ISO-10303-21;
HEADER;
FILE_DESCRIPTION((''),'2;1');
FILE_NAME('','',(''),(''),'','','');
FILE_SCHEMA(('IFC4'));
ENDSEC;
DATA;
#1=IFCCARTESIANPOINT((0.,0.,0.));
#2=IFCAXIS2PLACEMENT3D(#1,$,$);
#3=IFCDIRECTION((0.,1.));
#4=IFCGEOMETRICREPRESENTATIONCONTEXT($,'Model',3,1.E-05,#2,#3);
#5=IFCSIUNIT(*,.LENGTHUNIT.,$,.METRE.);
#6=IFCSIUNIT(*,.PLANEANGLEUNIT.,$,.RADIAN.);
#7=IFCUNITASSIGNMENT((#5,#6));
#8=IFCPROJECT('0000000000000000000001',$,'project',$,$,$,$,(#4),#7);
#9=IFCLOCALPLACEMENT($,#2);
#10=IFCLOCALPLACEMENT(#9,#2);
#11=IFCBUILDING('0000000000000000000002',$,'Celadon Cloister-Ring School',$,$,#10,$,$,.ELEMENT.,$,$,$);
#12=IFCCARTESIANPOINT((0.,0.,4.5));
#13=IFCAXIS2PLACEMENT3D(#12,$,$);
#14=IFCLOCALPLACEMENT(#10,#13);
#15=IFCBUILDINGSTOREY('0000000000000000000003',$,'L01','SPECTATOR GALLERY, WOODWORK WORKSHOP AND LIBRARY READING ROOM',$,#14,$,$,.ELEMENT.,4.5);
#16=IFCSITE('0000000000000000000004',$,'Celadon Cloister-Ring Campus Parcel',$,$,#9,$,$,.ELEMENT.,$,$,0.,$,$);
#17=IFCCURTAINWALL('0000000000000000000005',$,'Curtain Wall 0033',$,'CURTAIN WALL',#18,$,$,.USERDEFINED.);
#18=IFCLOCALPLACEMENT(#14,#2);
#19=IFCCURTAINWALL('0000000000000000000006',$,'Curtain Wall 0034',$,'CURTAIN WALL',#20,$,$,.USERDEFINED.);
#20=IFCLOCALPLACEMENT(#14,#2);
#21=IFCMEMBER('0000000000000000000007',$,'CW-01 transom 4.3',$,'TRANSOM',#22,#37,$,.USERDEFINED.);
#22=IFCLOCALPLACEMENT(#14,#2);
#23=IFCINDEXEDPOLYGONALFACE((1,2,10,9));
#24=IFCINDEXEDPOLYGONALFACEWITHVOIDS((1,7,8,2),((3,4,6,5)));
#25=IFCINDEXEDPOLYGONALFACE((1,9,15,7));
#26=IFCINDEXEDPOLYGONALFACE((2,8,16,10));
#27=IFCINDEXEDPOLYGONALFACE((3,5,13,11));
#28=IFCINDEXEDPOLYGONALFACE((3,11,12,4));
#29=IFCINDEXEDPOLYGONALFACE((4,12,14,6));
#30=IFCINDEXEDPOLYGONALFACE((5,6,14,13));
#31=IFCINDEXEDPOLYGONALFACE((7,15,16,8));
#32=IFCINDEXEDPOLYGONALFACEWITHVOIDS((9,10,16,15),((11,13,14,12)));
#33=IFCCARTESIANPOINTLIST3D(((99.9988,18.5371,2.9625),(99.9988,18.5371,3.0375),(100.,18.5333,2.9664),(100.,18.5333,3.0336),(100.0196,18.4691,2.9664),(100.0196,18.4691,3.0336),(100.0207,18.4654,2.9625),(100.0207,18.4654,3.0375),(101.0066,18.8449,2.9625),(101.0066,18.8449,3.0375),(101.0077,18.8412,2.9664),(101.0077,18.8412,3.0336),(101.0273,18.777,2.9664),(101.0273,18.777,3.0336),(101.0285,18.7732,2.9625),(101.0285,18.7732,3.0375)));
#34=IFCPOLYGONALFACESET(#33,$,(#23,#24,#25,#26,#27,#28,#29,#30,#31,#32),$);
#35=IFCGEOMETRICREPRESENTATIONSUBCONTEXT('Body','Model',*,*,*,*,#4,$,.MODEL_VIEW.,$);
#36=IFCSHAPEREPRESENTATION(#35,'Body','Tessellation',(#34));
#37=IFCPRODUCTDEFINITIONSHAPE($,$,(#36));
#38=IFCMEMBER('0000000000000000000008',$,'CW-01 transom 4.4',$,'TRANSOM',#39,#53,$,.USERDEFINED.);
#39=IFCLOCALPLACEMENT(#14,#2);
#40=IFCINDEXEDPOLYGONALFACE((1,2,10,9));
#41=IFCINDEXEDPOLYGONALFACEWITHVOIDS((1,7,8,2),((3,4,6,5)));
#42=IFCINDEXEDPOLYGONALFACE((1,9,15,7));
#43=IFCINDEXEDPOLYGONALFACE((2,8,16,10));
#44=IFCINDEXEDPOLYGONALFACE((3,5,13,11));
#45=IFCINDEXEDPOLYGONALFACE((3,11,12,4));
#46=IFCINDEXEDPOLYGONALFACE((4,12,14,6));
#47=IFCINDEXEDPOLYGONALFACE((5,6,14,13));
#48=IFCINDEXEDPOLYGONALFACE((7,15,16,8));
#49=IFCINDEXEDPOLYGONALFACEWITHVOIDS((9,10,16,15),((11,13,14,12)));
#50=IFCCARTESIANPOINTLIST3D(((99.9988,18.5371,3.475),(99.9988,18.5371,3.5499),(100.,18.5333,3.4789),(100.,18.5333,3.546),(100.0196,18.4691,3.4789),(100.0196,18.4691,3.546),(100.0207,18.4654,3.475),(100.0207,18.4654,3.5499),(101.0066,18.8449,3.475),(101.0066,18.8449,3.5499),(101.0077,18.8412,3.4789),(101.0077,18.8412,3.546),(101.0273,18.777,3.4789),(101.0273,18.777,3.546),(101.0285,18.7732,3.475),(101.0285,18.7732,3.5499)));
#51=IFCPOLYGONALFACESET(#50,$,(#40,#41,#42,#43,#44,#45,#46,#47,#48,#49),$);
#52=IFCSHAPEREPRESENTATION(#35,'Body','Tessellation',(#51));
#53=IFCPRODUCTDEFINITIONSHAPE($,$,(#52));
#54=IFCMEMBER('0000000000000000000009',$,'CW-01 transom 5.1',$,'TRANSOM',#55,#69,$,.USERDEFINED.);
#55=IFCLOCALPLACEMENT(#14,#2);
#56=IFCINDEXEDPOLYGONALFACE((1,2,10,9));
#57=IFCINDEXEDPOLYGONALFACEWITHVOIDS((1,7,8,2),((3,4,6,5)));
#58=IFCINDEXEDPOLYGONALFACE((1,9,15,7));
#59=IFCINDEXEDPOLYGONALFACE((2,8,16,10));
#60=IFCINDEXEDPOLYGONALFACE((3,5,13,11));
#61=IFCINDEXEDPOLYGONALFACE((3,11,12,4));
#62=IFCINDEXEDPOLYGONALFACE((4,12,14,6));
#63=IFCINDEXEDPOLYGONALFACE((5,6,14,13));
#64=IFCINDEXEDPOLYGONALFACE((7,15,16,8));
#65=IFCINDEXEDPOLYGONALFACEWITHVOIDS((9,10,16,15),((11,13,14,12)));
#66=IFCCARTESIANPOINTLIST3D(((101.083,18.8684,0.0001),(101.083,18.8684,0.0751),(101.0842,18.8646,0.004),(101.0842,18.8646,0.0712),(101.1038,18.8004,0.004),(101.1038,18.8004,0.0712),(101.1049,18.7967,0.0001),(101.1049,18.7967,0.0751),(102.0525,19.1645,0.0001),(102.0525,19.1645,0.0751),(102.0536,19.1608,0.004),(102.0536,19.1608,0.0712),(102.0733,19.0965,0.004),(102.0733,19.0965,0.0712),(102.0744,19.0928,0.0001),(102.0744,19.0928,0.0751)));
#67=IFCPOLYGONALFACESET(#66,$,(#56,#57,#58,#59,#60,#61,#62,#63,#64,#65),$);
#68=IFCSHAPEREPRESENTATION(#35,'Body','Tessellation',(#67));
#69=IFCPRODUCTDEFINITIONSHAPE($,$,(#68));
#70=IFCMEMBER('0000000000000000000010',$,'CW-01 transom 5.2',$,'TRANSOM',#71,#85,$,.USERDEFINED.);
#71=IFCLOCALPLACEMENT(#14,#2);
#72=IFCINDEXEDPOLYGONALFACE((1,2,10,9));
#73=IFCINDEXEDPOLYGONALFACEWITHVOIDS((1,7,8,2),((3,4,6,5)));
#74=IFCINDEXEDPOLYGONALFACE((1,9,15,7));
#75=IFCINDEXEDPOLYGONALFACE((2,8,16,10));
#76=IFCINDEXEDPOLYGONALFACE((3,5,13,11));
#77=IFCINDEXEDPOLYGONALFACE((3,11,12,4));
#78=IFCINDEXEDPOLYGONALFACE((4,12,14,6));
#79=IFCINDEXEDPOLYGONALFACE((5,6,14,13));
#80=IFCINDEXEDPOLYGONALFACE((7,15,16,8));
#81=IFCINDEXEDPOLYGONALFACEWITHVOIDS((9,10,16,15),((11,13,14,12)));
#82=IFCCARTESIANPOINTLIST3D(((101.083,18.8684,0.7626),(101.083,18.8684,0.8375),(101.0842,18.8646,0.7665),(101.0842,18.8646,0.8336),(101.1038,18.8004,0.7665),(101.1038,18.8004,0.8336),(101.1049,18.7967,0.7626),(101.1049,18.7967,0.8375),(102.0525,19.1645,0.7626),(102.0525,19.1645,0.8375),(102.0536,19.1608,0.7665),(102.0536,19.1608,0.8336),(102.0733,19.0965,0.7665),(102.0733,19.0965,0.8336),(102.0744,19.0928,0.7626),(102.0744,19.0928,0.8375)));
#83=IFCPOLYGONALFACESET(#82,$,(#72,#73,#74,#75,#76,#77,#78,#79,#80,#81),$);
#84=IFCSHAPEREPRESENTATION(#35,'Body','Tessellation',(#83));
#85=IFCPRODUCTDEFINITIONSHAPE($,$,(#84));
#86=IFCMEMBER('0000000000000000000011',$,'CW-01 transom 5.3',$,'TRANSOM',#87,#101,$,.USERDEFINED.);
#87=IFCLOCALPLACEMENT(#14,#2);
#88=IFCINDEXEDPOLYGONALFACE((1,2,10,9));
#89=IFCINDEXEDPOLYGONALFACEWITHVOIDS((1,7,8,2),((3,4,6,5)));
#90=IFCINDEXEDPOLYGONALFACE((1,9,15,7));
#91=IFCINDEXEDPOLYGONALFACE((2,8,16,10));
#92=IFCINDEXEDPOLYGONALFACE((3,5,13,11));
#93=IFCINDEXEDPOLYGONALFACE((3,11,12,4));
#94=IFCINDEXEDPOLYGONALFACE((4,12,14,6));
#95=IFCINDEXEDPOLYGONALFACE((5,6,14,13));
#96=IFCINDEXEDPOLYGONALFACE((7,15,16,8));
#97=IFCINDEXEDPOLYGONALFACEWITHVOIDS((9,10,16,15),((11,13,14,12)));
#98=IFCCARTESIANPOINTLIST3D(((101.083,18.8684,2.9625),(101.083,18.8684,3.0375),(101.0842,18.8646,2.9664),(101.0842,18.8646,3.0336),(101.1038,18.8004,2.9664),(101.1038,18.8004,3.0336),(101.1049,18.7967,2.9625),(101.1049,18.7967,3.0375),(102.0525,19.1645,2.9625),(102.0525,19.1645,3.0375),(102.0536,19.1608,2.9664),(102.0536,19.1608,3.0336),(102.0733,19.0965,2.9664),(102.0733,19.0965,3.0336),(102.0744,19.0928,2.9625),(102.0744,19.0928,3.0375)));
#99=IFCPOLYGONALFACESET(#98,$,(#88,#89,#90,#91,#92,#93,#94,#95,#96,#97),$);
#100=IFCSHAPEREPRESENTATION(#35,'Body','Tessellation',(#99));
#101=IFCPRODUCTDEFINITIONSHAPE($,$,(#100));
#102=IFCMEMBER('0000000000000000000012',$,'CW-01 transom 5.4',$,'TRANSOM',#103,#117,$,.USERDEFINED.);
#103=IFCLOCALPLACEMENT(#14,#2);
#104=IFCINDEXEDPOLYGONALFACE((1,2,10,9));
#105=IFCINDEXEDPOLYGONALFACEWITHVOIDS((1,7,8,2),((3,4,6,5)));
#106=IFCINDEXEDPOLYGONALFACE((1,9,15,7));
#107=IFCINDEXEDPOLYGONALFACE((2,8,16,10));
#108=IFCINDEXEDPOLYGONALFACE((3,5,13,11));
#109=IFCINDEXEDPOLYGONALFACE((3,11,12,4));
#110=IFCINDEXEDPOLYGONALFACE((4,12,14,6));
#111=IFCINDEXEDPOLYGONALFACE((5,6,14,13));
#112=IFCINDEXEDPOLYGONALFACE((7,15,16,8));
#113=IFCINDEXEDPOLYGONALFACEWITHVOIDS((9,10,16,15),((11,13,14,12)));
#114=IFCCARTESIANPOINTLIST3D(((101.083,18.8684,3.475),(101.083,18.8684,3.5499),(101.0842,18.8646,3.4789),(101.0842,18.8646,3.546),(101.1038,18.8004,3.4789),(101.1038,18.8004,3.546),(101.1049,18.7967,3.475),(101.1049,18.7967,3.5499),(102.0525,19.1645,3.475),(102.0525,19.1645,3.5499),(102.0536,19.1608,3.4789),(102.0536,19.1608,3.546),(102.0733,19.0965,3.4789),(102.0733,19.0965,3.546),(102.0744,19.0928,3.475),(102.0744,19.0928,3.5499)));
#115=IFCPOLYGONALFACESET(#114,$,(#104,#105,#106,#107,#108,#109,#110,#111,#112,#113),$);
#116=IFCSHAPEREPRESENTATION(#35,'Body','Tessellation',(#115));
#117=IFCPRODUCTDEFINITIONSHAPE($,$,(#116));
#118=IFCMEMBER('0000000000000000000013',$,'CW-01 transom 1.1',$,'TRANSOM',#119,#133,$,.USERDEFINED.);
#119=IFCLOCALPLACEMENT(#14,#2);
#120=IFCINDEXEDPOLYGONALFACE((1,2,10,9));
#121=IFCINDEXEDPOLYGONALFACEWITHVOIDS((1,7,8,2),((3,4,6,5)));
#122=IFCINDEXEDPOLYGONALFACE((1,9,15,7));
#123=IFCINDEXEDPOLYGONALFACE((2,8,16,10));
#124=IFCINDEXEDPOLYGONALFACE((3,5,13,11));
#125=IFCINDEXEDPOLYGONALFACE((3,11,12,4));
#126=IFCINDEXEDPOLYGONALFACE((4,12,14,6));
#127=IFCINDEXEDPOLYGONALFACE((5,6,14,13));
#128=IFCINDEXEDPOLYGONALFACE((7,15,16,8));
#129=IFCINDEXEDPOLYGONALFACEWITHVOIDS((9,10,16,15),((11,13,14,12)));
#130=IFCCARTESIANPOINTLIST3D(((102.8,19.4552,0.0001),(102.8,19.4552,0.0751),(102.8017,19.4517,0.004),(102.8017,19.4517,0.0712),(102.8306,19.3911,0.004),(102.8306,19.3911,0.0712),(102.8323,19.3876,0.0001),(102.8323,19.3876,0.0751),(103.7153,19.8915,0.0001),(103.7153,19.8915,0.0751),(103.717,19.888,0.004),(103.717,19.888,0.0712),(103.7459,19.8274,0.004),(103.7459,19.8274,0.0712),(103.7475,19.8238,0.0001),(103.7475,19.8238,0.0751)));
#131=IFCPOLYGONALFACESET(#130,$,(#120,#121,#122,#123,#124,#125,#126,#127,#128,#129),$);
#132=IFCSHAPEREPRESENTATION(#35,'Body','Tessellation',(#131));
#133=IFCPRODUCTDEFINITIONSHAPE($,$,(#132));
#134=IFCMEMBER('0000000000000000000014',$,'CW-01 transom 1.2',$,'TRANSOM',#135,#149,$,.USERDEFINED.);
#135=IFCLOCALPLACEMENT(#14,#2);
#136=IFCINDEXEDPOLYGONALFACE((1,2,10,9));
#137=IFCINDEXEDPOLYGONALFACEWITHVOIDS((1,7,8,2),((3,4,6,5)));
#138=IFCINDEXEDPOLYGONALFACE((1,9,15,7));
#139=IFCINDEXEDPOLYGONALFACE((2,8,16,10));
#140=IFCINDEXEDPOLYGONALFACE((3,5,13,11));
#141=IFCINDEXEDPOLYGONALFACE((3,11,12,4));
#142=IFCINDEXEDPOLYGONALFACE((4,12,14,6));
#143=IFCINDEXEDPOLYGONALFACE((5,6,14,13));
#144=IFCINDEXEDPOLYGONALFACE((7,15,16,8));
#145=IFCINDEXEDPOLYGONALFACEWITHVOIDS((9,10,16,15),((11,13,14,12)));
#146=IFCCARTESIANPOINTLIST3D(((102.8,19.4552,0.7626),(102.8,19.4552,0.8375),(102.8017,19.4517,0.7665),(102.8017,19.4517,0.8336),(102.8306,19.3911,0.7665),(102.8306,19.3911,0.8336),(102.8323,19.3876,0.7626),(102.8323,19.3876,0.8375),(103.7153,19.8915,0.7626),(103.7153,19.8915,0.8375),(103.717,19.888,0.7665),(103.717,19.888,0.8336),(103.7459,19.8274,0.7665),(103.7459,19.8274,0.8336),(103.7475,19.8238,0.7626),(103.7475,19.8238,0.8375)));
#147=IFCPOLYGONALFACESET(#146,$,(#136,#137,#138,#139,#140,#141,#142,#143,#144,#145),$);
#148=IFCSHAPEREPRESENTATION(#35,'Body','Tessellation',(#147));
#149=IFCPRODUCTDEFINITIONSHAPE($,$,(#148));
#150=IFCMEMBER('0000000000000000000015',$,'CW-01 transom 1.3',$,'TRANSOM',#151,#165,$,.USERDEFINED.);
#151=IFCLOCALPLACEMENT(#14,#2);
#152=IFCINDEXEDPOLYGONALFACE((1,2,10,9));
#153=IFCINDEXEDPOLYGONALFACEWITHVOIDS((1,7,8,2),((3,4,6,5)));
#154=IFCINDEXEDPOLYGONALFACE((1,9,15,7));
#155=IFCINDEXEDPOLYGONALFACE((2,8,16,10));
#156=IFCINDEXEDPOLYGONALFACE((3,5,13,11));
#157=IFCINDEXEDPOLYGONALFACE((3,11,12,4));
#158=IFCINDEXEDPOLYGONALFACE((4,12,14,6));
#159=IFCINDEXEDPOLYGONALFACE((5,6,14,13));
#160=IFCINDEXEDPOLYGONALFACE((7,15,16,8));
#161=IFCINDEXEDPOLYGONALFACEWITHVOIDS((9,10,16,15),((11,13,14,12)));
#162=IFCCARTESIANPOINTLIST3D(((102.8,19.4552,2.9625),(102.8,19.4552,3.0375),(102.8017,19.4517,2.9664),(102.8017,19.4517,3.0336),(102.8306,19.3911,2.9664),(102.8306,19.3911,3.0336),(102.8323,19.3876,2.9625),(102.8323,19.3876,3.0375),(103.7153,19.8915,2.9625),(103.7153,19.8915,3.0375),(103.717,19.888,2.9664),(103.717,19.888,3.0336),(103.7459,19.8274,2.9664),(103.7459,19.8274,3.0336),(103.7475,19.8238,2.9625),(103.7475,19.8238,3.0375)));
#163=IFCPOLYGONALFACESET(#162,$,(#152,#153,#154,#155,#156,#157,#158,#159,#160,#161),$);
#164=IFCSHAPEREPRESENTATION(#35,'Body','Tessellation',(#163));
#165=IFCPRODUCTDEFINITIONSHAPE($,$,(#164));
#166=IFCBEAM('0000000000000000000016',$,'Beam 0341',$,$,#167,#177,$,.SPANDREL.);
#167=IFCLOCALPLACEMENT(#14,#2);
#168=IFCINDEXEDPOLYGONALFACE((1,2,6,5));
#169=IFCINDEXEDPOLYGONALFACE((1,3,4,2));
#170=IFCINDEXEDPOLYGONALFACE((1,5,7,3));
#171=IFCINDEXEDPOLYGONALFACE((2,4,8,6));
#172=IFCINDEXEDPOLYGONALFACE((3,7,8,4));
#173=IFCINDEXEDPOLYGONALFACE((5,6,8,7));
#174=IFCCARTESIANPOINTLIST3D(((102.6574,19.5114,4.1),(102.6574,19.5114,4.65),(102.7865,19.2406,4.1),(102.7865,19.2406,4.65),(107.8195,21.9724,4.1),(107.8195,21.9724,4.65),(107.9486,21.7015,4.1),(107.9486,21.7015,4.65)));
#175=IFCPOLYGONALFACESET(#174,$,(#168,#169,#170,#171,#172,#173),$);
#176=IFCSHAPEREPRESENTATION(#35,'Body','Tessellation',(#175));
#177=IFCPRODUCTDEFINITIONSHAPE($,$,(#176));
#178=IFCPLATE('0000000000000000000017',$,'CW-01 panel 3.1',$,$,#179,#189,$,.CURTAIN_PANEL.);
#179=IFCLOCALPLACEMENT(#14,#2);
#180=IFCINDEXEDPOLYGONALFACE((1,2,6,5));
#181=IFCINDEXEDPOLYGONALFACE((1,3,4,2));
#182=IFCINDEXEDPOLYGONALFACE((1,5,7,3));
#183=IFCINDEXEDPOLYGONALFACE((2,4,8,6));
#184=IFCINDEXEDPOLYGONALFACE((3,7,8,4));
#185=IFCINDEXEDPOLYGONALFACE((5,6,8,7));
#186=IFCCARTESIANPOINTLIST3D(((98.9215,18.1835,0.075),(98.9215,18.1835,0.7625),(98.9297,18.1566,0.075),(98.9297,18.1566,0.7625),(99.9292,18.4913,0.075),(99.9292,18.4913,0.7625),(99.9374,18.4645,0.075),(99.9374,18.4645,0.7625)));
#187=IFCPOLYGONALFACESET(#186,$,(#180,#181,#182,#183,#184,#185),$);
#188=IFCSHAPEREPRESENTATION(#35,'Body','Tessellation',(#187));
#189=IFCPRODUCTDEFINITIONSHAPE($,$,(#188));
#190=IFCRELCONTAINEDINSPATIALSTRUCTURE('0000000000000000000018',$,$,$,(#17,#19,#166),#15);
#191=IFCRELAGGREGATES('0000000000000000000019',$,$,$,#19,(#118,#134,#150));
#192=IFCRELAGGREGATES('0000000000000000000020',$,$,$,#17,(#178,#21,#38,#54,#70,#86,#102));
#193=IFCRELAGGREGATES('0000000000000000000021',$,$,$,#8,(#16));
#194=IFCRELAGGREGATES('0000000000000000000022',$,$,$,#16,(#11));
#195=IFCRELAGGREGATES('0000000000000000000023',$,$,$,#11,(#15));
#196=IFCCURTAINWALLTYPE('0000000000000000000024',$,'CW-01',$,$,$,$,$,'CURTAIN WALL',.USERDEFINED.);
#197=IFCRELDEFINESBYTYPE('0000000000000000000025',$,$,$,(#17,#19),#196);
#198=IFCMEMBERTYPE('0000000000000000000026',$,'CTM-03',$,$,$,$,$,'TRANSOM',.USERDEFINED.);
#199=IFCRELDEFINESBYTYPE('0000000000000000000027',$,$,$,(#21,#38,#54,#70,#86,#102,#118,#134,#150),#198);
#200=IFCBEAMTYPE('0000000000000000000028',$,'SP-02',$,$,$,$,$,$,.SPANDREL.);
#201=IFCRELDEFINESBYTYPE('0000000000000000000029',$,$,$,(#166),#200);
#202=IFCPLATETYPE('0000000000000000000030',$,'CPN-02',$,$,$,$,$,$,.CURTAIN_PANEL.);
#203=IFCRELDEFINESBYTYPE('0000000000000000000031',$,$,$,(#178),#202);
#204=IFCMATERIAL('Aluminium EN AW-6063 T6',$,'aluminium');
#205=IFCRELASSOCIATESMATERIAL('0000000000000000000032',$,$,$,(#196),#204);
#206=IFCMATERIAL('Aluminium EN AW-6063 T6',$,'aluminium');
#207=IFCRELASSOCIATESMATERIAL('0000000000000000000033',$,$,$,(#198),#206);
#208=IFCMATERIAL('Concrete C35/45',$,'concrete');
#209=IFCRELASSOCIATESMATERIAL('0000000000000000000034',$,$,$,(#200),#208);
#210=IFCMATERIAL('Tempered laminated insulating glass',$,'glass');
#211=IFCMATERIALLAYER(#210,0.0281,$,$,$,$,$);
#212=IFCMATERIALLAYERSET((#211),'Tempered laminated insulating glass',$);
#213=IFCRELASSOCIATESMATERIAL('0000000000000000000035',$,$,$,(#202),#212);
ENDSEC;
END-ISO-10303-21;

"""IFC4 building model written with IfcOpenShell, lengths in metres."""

from ifc_helpers import new_model, si_unit, direction, frame, origin, origin_2d, place, context, subcontext, project, spatial, rectangle, hollow_rectangle, extrude, material, layer, layer_set, material_profile, profile_set, type_object, element, aggregate, save


model = new_model("IFC4")

# Units and contexts
model_context = context("Model", 3, precision=1e-05, world=origin(), true_north=direction((0.0, 1.0)))
body_context = subcontext(model_context, "Body", "Model", "MODEL_VIEW")
ifc_project = project(units=[si_unit("LENGTHUNIT", "METRE"), si_unit("PLANEANGLEUNIT", "RADIAN")], contexts=[model_context])

# Site, building, storey
site_placement = place(None, origin())
site = spatial("IfcSite", under=ifc_project, at=site_placement, Name="Celadon Cloister-Ring Campus Parcel", CompositionType="ELEMENT", RefElevation=0.0)
building_placement = place(site_placement, origin())
building = spatial("IfcBuilding", under=site, at=building_placement, Name="Celadon Cloister-Ring School", CompositionType="ELEMENT")
storey_placement = place(building_placement, frame((0.0, 0.0, 4.5)))
storey = spatial("IfcBuildingStorey", under=building, at=storey_placement, Name="L01", Description="SPECTATOR GALLERY, WOODWORK WORKSHOP AND LIBRARY READING ROOM", CompositionType="ELEMENT", Elevation=4.5)

# Curtain wall
ifc_material_1 = material(Name="Aluminium EN AW-6063 T6", Category="aluminium")
curtain_wall_type = type_object("IfcCurtainWallType", Name="CW-01", ElementType="CURTAIN WALL", PredefinedType="USERDEFINED", material=ifc_material_1)
curtain_wall_1_placement = place(storey_placement, origin())
curtain_wall_1 = element("IfcCurtainWall", 1, at=curtain_wall_1_placement, inside=storey, type_object=curtain_wall_type, Name="Curtain Wall 0033", ObjectType="CURTAIN WALL", PredefinedType="USERDEFINED")

# Curtain wall
curtain_wall_2_placement = place(storey_placement, origin())
curtain_wall_2 = element("IfcCurtainWall", 2, at=curtain_wall_2_placement, inside=storey, type_object=curtain_wall_type, Name="Curtain Wall 0034", ObjectType="CURTAIN WALL", PredefinedType="USERDEFINED")

# Members
ifc_material_2 = material(Name="Aluminium EN AW-6063 T6", Category="aluminium")
ifc_material_profile_1 = material_profile(ifc_material_2, hollow_rectangle(XDim=0.075, YDim=0.075, WallThickness=0.0039, at=origin_2d()), Name="RHS75X75X4")
ifc_profile_set_1 = profile_set([ifc_material_profile_1], Name="Aluminium EN AW-6063 T6")
member_type_1 = type_object("IfcMemberType", Name="CTM-03", ElementType="TRANSOM", PredefinedType="USERDEFINED", material=ifc_profile_set_1)
member_1_placement = place(storey_placement, frame((100.0098, 18.5012, 3.0), z_axis=(0.956373, 0.292148, 0.0), x_axis=(-0.292148, 0.956373, 0.0)))
member_1 = element("IfcMember", 3, at=member_1_placement, type_object=member_type_1, Name="CW-01 transom 4.3", ObjectType="TRANSOM", PredefinedType="USERDEFINED", context=body_context, shape_type="SweptSolid", body=[
    extrude(hollow_rectangle(XDim=0.075, YDim=0.075, WallThickness=0.0039, at=origin_2d()), origin(), (0.0, 0.0, 1.0), 1.0537),
])
member_2_placement = place(storey_placement, frame((100.0098, 18.5012, 3.5125), z_axis=(0.956373, 0.292148, 0.0), x_axis=(-0.292148, 0.956373, 0.0)))
member_2 = element("IfcMember", 4, at=member_2_placement, type_object=member_type_1, Name="CW-01 transom 4.4", ObjectType="TRANSOM", PredefinedType="USERDEFINED", context=body_context, shape_type="SweptSolid", body=[
    extrude(hollow_rectangle(XDim=0.075, YDim=0.075, WallThickness=0.0039, at=origin_2d()), origin(), (0.0, 0.0, 1.0), 1.0537),
])
member_3_placement = place(storey_placement, frame((101.094, 18.8325, 0.0376), z_axis=(0.956376, 0.292139, 0.0), x_axis=(-0.292139, 0.956376, 0.0)))
member_3 = element("IfcMember", 5, at=member_3_placement, type_object=member_type_1, Name="CW-01 transom 5.1", ObjectType="TRANSOM", PredefinedType="USERDEFINED", context=body_context, shape_type="SweptSolid", body=[
    extrude(hollow_rectangle(XDim=0.075, YDim=0.075, WallThickness=0.0039, at=origin_2d()), origin(), (0.0, 0.0, 1.0), 1.0137),
])
member_4_placement = place(storey_placement, frame((101.094, 18.8325, 0.8), z_axis=(0.956376, 0.292139, 0.0), x_axis=(-0.292139, 0.956376, 0.0)))
member_4 = element("IfcMember", 6, at=member_4_placement, type_object=member_type_1, Name="CW-01 transom 5.2", ObjectType="TRANSOM", PredefinedType="USERDEFINED", context=body_context, shape_type="SweptSolid", body=[
    extrude(hollow_rectangle(XDim=0.075, YDim=0.075, WallThickness=0.0039, at=origin_2d()), origin(), (0.0, 0.0, 1.0), 1.0137),
])
member_5_placement = place(storey_placement, frame((101.094, 18.8325, 3.0), z_axis=(0.956376, 0.292139, 0.0), x_axis=(-0.292139, 0.956376, 0.0)))
member_5 = element("IfcMember", 7, at=member_5_placement, type_object=member_type_1, Name="CW-01 transom 5.3", ObjectType="TRANSOM", PredefinedType="USERDEFINED", context=body_context, shape_type="SweptSolid", body=[
    extrude(hollow_rectangle(XDim=0.075, YDim=0.075, WallThickness=0.0039, at=origin_2d()), origin(), (0.0, 0.0, 1.0), 1.0137),
])
member_6_placement = place(storey_placement, frame((101.094, 18.8325, 3.5125), z_axis=(0.956376, 0.292139, 0.0), x_axis=(-0.292139, 0.956376, 0.0)))
member_6 = element("IfcMember", 8, at=member_6_placement, type_object=member_type_1, Name="CW-01 transom 5.4", ObjectType="TRANSOM", PredefinedType="USERDEFINED", context=body_context, shape_type="SweptSolid", body=[
    extrude(hollow_rectangle(XDim=0.075, YDim=0.075, WallThickness=0.0039, at=origin_2d()), origin(), (0.0, 0.0, 1.0), 1.0137),
])
member_7_placement = place(storey_placement, frame((102.8162, 19.4214, 0.0376), z_axis=(0.902696, 0.430279, 0.0), x_axis=(-0.430279, 0.902696, 0.0)))
member_7 = element("IfcMember", 9, at=member_7_placement, type_object=member_type_1, Name="CW-01 transom 1.1", ObjectType="TRANSOM", PredefinedType="USERDEFINED", context=body_context, shape_type="SweptSolid", body=[
    extrude(hollow_rectangle(XDim=0.075, YDim=0.075, WallThickness=0.0039, at=origin_2d()), origin(), (0.0, 0.0, 1.0), 1.0139),
])
member_8_placement = place(storey_placement, frame((102.8162, 19.4214, 0.8), z_axis=(0.902696, 0.430279, 0.0), x_axis=(-0.430279, 0.902696, 0.0)))
member_8 = element("IfcMember", 10, at=member_8_placement, type_object=member_type_1, Name="CW-01 transom 1.2", ObjectType="TRANSOM", PredefinedType="USERDEFINED", context=body_context, shape_type="SweptSolid", body=[
    extrude(hollow_rectangle(XDim=0.075, YDim=0.075, WallThickness=0.0039, at=origin_2d()), origin(), (0.0, 0.0, 1.0), 1.0139),
])
member_9_placement = place(storey_placement, frame((102.8162, 19.4214, 3.0), z_axis=(0.902696, 0.430279, 0.0), x_axis=(-0.430279, 0.902696, 0.0)))
member_9 = element("IfcMember", 11, at=member_9_placement, type_object=member_type_1, Name="CW-01 transom 1.3", ObjectType="TRANSOM", PredefinedType="USERDEFINED", context=body_context, shape_type="SweptSolid", body=[
    extrude(hollow_rectangle(XDim=0.075, YDim=0.075, WallThickness=0.0039, at=origin_2d()), origin(), (0.0, 0.0, 1.0), 1.0139),
])
aggregate(curtain_wall_2, [member_7, member_8, member_9])

# Beam
ifc_material_3 = material(Name="Concrete C35/45", Category="concrete")
ifc_material_profile_2 = material_profile(ifc_material_3, rectangle(XDim=0.3, YDim=0.55, at=origin_2d()), Name="RC300X550")
ifc_profile_set_2 = profile_set([ifc_material_profile_2], Name="Concrete C35/45")
beam_type = type_object("IfcBeamType", Name="SP-02", PredefinedType="SPANDREL", material=ifc_profile_set_2)
beam_placement = place(storey_placement, frame((102.7219, 19.376, 4.375), z_axis=(0.902671, 0.430331, 0.0), x_axis=(-0.430331, 0.902671, 0.0)))
element("IfcBeam", 12, at=beam_placement, inside=storey, type_object=beam_type, Name="Beam 0341", PredefinedType="SPANDREL", context=body_context, shape_type="SweptSolid", body=[
    extrude(rectangle(XDim=0.3, YDim=0.55, at=origin_2d()), origin(), (0.0, 0.0, 1.0), 5.7188),
])

# Plate
ifc_material_4 = material(Name="Tempered laminated insulating glass", Category="glass")
ifc_layer = layer(ifc_material_4, 0.0281)
ifc_layer_set = layer_set([ifc_layer], Name="Tempered laminated insulating glass")
plate_type = type_object("IfcPlateType", Name="CPN-02", PredefinedType="CURTAIN_PANEL", material=ifc_layer_set)
plate_1_placement = place(storey_placement, frame((99.4294, 18.324, 0.075), z_axis=(0.0, 0.0, 1.0), x_axis=(0.956372, 0.292151, 0.0)))
plate_1 = element("IfcPlate", 13, at=plate_1_placement, type_object=plate_type, Name="CW-01 panel 3.1", PredefinedType="CURTAIN_PANEL", context=body_context, shape_type="SweptSolid", body=[
    extrude(rectangle(XDim=1.0537, YDim=0.0281, at=origin_2d()), origin(), (0.0, 0.0, 1.0), 0.6875),
])
aggregate(curtain_wall_1, [plate_1, member_1, member_2, member_3, member_4, member_5, member_6])

save(model, "model.ifc")
